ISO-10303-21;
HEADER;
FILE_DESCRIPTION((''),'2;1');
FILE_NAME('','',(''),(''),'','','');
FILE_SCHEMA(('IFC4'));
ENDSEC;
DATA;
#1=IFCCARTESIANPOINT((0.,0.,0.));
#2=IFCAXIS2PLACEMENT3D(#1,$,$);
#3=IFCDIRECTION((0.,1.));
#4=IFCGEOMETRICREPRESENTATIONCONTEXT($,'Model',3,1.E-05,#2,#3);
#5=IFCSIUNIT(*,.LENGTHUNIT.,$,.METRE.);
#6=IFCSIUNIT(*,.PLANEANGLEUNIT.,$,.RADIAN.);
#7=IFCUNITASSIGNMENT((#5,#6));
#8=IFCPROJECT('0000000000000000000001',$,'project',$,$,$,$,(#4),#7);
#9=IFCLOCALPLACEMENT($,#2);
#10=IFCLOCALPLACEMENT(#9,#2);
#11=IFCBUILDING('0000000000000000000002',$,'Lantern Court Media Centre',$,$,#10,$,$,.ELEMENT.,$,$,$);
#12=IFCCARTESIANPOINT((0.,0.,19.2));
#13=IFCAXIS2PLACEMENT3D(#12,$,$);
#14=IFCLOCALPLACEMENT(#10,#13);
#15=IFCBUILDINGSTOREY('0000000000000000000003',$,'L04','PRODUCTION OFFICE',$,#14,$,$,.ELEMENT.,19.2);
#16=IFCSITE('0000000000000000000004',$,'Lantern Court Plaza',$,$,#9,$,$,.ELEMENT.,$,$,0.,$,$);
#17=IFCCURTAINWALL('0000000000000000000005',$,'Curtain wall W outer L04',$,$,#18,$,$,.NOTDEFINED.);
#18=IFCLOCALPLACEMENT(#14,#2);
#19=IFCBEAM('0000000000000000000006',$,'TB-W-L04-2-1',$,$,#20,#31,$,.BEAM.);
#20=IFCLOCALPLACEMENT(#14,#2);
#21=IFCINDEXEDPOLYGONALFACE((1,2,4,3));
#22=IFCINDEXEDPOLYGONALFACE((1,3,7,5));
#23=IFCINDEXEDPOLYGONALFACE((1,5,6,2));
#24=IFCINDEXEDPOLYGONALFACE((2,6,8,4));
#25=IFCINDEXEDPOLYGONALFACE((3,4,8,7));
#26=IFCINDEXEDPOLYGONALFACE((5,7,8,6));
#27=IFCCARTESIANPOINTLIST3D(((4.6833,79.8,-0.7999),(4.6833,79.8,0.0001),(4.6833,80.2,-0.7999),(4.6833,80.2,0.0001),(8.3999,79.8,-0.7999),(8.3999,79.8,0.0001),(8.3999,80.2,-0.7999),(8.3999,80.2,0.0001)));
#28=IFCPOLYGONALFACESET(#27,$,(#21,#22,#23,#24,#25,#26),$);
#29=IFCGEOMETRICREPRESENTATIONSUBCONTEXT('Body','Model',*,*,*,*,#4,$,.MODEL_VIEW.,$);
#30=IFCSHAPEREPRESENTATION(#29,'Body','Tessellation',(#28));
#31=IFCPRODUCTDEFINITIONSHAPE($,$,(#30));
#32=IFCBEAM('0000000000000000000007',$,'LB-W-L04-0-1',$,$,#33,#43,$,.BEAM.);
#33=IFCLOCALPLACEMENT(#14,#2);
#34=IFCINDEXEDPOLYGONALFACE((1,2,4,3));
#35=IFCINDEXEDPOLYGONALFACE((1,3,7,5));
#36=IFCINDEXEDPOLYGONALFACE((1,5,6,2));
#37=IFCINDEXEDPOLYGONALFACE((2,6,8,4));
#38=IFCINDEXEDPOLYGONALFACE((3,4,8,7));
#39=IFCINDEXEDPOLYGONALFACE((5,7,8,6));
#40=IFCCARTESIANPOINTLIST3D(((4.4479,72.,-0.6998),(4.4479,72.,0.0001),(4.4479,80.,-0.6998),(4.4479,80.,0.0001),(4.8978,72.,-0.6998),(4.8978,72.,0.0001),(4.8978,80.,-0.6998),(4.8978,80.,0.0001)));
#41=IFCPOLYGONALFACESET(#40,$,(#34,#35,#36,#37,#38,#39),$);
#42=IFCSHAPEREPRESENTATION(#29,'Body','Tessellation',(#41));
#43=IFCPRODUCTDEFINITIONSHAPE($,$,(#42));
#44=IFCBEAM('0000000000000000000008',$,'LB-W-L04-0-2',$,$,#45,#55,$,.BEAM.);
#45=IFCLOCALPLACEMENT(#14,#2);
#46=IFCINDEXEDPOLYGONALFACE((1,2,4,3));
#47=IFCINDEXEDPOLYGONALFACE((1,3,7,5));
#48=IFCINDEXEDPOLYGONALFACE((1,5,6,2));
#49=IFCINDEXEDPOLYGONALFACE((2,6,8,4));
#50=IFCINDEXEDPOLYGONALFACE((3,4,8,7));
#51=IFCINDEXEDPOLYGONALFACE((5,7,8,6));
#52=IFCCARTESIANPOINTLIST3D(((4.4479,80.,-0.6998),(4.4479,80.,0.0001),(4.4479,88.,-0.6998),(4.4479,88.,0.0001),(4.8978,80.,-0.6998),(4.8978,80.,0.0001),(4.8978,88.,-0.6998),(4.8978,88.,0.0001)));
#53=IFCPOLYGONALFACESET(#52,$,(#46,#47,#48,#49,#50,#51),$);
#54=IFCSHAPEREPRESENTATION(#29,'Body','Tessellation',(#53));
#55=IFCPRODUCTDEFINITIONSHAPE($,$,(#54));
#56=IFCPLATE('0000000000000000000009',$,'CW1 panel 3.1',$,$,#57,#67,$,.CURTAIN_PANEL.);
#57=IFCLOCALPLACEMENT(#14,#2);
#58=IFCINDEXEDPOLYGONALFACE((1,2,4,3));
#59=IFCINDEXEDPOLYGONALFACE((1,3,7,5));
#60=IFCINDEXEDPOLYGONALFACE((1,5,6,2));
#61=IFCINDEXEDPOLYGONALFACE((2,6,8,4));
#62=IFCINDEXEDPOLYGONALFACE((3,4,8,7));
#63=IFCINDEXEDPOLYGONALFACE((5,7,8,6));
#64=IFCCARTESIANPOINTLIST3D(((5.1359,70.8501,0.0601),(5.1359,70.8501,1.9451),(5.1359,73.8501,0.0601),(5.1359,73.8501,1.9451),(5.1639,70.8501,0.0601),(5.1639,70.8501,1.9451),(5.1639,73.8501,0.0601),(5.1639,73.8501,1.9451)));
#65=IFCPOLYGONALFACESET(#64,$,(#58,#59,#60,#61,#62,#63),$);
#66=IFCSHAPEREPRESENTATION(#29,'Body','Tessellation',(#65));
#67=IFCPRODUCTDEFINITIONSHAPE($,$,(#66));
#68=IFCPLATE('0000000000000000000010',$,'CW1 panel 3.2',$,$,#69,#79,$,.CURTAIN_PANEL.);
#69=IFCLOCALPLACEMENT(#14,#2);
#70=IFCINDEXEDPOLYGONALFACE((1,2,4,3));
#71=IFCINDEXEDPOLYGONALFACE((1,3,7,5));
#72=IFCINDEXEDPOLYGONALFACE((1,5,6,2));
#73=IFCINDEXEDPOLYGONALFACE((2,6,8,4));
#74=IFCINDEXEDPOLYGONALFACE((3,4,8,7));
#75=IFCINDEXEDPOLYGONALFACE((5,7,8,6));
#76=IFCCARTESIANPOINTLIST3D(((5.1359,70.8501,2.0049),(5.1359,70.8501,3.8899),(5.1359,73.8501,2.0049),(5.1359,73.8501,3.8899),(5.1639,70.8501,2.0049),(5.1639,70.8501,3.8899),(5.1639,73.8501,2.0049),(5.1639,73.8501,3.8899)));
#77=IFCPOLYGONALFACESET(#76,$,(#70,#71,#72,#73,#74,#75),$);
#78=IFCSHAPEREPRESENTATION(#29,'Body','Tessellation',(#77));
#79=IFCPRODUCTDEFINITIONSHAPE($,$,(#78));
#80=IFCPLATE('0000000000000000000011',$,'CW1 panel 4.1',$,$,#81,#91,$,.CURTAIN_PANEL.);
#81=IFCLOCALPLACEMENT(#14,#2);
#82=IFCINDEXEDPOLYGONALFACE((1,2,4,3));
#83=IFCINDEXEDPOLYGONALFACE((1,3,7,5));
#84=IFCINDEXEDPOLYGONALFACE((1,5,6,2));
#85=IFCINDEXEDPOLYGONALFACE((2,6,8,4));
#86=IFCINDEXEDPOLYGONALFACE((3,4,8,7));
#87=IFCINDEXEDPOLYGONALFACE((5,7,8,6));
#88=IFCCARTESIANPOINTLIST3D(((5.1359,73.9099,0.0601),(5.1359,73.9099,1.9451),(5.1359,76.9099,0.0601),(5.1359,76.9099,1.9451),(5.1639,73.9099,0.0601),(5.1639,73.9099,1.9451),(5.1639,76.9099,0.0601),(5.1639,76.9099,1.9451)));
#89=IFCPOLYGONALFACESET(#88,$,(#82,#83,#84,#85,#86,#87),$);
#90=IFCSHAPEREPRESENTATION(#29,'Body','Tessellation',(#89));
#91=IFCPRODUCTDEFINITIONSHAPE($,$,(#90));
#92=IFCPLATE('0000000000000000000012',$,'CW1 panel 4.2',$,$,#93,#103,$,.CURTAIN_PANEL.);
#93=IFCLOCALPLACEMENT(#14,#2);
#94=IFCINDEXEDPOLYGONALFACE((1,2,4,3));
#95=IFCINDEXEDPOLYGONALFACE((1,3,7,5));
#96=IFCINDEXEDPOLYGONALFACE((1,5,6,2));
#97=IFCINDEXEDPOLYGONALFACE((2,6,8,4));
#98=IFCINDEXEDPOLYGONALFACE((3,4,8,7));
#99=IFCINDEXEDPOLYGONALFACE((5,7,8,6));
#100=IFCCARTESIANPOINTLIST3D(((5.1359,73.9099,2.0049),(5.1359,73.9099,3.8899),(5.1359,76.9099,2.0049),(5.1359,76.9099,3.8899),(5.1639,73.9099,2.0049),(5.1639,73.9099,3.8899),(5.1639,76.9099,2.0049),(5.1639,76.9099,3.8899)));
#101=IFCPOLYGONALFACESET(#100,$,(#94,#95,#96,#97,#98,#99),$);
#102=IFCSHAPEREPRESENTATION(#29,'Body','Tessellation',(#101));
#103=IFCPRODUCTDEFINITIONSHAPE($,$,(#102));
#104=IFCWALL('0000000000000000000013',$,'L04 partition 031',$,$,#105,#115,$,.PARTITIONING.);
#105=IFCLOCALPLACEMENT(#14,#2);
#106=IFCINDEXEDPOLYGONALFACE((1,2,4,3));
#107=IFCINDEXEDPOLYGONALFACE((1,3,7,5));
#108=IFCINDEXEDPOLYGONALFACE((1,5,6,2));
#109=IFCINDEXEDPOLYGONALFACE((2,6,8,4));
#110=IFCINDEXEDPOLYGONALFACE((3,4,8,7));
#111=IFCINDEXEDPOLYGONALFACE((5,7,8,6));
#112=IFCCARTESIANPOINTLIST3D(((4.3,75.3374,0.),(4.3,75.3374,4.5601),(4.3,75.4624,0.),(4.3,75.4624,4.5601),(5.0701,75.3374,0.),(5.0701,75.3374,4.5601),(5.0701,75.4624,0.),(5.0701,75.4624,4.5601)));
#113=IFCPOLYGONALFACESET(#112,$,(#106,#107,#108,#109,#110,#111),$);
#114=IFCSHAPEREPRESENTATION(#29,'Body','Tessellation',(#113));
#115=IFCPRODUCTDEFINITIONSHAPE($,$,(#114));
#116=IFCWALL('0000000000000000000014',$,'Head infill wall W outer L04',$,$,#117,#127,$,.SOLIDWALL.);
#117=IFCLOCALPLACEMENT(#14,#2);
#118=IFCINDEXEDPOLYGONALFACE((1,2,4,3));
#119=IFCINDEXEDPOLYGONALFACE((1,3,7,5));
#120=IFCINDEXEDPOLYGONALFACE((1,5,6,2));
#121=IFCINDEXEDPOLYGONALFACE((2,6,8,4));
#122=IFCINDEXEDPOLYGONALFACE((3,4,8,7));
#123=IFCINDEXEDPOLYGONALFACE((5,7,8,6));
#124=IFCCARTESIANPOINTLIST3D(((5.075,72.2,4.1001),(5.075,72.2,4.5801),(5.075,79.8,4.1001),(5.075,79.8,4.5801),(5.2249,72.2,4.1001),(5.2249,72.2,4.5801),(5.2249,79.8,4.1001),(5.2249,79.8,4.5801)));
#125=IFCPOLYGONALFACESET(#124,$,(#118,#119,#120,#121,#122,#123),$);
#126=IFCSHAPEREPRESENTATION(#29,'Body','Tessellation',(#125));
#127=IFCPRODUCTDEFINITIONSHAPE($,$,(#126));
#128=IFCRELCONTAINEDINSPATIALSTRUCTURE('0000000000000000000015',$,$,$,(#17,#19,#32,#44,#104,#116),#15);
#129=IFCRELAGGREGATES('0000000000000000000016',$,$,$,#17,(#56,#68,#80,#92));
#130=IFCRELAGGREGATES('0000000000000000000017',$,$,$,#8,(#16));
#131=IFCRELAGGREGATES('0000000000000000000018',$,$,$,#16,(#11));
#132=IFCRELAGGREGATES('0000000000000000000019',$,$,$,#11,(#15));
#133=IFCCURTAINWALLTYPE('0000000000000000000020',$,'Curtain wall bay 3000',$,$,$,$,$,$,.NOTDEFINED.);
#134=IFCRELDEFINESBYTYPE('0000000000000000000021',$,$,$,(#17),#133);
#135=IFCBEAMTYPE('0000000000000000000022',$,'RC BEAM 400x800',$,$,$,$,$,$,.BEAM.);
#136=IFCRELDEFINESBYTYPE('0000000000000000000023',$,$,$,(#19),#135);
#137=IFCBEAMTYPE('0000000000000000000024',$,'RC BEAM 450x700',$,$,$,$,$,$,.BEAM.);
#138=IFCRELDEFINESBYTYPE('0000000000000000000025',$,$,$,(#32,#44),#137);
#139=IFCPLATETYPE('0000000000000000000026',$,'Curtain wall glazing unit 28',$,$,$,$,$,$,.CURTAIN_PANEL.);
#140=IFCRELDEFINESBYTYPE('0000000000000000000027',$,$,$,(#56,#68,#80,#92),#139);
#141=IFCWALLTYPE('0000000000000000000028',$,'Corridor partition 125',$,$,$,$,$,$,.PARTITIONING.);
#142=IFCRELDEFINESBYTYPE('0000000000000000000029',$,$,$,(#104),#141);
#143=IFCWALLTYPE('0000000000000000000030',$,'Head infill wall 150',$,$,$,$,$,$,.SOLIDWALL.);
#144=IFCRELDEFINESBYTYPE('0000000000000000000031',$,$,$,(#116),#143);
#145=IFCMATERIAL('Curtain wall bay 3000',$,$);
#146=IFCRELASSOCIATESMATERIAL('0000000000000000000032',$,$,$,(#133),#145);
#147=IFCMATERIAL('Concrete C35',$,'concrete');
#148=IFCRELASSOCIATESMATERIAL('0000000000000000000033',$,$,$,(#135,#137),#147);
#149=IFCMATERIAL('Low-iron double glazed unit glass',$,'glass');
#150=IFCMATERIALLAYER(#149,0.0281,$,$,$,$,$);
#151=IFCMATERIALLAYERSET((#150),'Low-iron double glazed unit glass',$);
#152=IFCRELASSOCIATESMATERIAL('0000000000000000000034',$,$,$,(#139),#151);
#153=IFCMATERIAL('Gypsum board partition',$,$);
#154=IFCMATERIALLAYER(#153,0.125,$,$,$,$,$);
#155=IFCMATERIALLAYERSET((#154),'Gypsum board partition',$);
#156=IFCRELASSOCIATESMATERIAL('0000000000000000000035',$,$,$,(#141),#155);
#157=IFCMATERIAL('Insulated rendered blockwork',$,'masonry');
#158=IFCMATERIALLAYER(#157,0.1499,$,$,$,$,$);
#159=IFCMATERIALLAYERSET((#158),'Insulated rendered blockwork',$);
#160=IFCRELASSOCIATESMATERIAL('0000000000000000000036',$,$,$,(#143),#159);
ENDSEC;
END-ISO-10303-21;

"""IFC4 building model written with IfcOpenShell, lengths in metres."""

from ifc_helpers import new_model, si_unit, direction, frame, frame_2d, origin, origin_2d, place, context, subcontext, project, spatial, rectangle, extrude, material, layer, layer_set, material_profile, profile_set, type_object, element, aggregate, save


model = new_model("IFC4")

# Units and contexts
model_context = context("Model", 3, precision=1e-05, world=origin(), true_north=direction((0.0, 1.0)))
body_context = subcontext(model_context, "Body", "Model", "MODEL_VIEW")
ifc_project = project(units=[si_unit("LENGTHUNIT", "METRE"), si_unit("PLANEANGLEUNIT", "RADIAN")], contexts=[model_context])

# Site, building, storey
site_placement = place(None, origin())
site = spatial("IfcSite", under=ifc_project, at=site_placement, Name="Lantern Court Plaza", CompositionType="ELEMENT", RefElevation=0.0)
building_placement = place(site_placement, origin())
building = spatial("IfcBuilding", under=site, at=building_placement, Name="Lantern Court Media Centre", CompositionType="ELEMENT")
storey_placement = place(building_placement, frame((0.0, 0.0, 19.2)))
storey = spatial("IfcBuildingStorey", under=building, at=storey_placement, Name="L04", Description="PRODUCTION OFFICE", CompositionType="ELEMENT", Elevation=19.2)

# Shared definitions
ifc_material_1 = material(Name="Concrete C35", Category="concrete")

# Curtain wall
ifc_material_2 = material(Name="Curtain wall bay 3000")
curtain_wall_type = type_object("IfcCurtainWallType", Name="Curtain wall bay 3000", PredefinedType="NOTDEFINED", material=ifc_material_2)
curtain_wall_placement = place(storey_placement, origin())
curtain_wall = element("IfcCurtainWall", 1, at=curtain_wall_placement, inside=storey, type_object=curtain_wall_type, Name="Curtain wall W outer L04", PredefinedType="NOTDEFINED")

# Beams
ifc_material_profile_1 = material_profile(ifc_material_1, rectangle(XDim=0.3999, YDim=0.8, at=origin_2d()), Name="RC 400x800")
ifc_profile_set_1 = profile_set([ifc_material_profile_1], Name="Concrete C35")
beam_type_1 = type_object("IfcBeamType", Name="RC BEAM 400x800", PredefinedType="BEAM", material=ifc_profile_set_1)
for number, where, z_axis, x_axis, name in (
    (2, (4.6833, 80.0, -0.3999), (1.0, 0.0, 0.0), (0.0, 1.0, 0.0), "TB-W-L04-2-1"),
):
    element("IfcBeam", number, at=place(storey_placement, frame(where, z_axis=z_axis, x_axis=x_axis)), inside=storey, type_object=beam_type_1, Name=name, PredefinedType="BEAM", context=body_context, shape_type="SweptSolid", body=[
        extrude(rectangle(XDim=0.3999, YDim=0.8, at=origin_2d()), origin(), (0.0, 0.0, 1.0), 3.7166),
    ])
ifc_material_profile_2 = material_profile(ifc_material_1, rectangle(XDim=0.45, YDim=0.7, at=origin_2d()), Name="RC 450x700")
ifc_profile_set_2 = profile_set([ifc_material_profile_2], Name="Concrete C35")
beam_type_2 = type_object("IfcBeamType", Name="RC BEAM 450x700", PredefinedType="BEAM", material=ifc_profile_set_2)
for number, where, z_axis, x_axis, name in (
    (3, (4.6729, 72.0, -0.3499), (0.0, 1.0, 0.0), (-1.0, 0.0, 0.0), "LB-W-L04-0-1"),
    (4, (4.6729, 80.0, -0.3499), (0.0, 1.0, 0.0), (-1.0, 0.0, 0.0), "LB-W-L04-0-2"),
):
    element("IfcBeam", number, at=place(storey_placement, frame(where, z_axis=z_axis, x_axis=x_axis)), inside=storey, type_object=beam_type_2, Name=name, PredefinedType="BEAM", context=body_context, shape_type="SweptSolid", body=[
        extrude(rectangle(XDim=0.45, YDim=0.7, at=origin_2d()), origin(), (0.0, 0.0, 1.0), 8.0),
    ])

# Plates
ifc_material_3 = material(Name="Low-iron double glazed unit glass", Category="glass")
ifc_layer_1 = layer(ifc_material_3, 0.0281)
ifc_layer_set_1 = layer_set([ifc_layer_1], Name="Low-iron double glazed unit glass")
plate_type = type_object("IfcPlateType", Name="Curtain wall glazing unit 28", PredefinedType="CURTAIN_PANEL", material=ifc_layer_set_1)
plate_1_placement = place(storey_placement, frame((5.1499, 72.3501, 0.0601), z_axis=(0.0, 0.0, 1.0), x_axis=(0.0, 1.0, 0.0)))
plate_1 = element("IfcPlate", 5, at=plate_1_placement, type_object=plate_type, Name="CW1 panel 3.1", PredefinedType="CURTAIN_PANEL", context=body_context, shape_type="SweptSolid", body=[
    extrude(rectangle(XDim=3.0, YDim=0.0281, at=origin_2d()), origin(), (0.0, 0.0, 1.0), 1.885),
])
plate_2_placement = place(storey_placement, frame((5.1499, 72.3501, 2.0049), z_axis=(0.0, 0.0, 1.0), x_axis=(0.0, 1.0, 0.0)))
plate_2 = element("IfcPlate", 6, at=plate_2_placement, type_object=plate_type, Name="CW1 panel 3.2", PredefinedType="CURTAIN_PANEL", context=body_context, shape_type="SweptSolid", body=[
    extrude(rectangle(XDim=3.0, YDim=0.0281, at=origin_2d()), origin(), (0.0, 0.0, 1.0), 1.885),
])
plate_3_placement = place(storey_placement, frame((5.1499, 75.4099, 0.0601), z_axis=(0.0, 0.0, 1.0), x_axis=(0.0, 1.0, 0.0)))
plate_3 = element("IfcPlate", 7, at=plate_3_placement, type_object=plate_type, Name="CW1 panel 4.1", PredefinedType="CURTAIN_PANEL", context=body_context, shape_type="SweptSolid", body=[
    extrude(rectangle(XDim=3.0, YDim=0.0281, at=origin_2d()), origin(), (0.0, 0.0, 1.0), 1.885),
])
plate_4_placement = place(storey_placement, frame((5.1499, 75.4099, 2.0049), z_axis=(0.0, 0.0, 1.0), x_axis=(0.0, 1.0, 0.0)))
plate_4 = element("IfcPlate", 8, at=plate_4_placement, type_object=plate_type, Name="CW1 panel 4.2", PredefinedType="CURTAIN_PANEL", context=body_context, shape_type="SweptSolid", body=[
    extrude(rectangle(XDim=3.0, YDim=0.0281, at=origin_2d()), origin(), (0.0, 0.0, 1.0), 1.885),
])
aggregate(curtain_wall, [plate_1, plate_2, plate_3, plate_4])

# Walls
ifc_material_4 = material(Name="Gypsum board partition")
ifc_layer_2 = layer(ifc_material_4, 0.125)
ifc_layer_set_2 = layer_set([ifc_layer_2], Name="Gypsum board partition")
wall_type_1 = type_object("IfcWallType", Name="Corridor partition 125", PredefinedType="PARTITIONING", material=ifc_layer_set_2)
wall_1_placement = place(storey_placement, frame((4.3, 75.3999, 0.0), z_axis=(0.0, 0.0, 1.0), x_axis=(1.0, 0.0, 0.0)))
element("IfcWall", 9, at=wall_1_placement, inside=storey, type_object=wall_type_1, Name="L04 partition 031", PredefinedType="PARTITIONING", context=body_context, shape_type="SweptSolid", body=[
    extrude(rectangle(XDim=0.77, YDim=0.125, at=frame_2d((0.385, 0.0))), origin(), (0.0, 0.0, 1.0), 4.5601),
])
ifc_material_5 = material(Name="Insulated rendered blockwork", Category="masonry")
ifc_layer_3 = layer(ifc_material_5, 0.1499)
ifc_layer_set_3 = layer_set([ifc_layer_3], Name="Insulated rendered blockwork")
wall_type_2 = type_object("IfcWallType", Name="Head infill wall 150", PredefinedType="SOLIDWALL", material=ifc_layer_set_3)
wall_2_placement = place(storey_placement, frame((5.1499, 72.2, 4.1001), z_axis=(0.0, 0.0, 1.0), x_axis=(0.0, 1.0, 0.0)))
element("IfcWall", 10, at=wall_2_placement, inside=storey, type_object=wall_type_2, Name="Head infill wall W outer L04", PredefinedType="SOLIDWALL", context=body_context, shape_type="SweptSolid", body=[
    extrude(rectangle(XDim=7.6001, YDim=0.1499, at=frame_2d((3.8, 0.0))), origin(), (0.0, 0.0, 1.0), 0.48),
])

save(model, "model.ifc")
